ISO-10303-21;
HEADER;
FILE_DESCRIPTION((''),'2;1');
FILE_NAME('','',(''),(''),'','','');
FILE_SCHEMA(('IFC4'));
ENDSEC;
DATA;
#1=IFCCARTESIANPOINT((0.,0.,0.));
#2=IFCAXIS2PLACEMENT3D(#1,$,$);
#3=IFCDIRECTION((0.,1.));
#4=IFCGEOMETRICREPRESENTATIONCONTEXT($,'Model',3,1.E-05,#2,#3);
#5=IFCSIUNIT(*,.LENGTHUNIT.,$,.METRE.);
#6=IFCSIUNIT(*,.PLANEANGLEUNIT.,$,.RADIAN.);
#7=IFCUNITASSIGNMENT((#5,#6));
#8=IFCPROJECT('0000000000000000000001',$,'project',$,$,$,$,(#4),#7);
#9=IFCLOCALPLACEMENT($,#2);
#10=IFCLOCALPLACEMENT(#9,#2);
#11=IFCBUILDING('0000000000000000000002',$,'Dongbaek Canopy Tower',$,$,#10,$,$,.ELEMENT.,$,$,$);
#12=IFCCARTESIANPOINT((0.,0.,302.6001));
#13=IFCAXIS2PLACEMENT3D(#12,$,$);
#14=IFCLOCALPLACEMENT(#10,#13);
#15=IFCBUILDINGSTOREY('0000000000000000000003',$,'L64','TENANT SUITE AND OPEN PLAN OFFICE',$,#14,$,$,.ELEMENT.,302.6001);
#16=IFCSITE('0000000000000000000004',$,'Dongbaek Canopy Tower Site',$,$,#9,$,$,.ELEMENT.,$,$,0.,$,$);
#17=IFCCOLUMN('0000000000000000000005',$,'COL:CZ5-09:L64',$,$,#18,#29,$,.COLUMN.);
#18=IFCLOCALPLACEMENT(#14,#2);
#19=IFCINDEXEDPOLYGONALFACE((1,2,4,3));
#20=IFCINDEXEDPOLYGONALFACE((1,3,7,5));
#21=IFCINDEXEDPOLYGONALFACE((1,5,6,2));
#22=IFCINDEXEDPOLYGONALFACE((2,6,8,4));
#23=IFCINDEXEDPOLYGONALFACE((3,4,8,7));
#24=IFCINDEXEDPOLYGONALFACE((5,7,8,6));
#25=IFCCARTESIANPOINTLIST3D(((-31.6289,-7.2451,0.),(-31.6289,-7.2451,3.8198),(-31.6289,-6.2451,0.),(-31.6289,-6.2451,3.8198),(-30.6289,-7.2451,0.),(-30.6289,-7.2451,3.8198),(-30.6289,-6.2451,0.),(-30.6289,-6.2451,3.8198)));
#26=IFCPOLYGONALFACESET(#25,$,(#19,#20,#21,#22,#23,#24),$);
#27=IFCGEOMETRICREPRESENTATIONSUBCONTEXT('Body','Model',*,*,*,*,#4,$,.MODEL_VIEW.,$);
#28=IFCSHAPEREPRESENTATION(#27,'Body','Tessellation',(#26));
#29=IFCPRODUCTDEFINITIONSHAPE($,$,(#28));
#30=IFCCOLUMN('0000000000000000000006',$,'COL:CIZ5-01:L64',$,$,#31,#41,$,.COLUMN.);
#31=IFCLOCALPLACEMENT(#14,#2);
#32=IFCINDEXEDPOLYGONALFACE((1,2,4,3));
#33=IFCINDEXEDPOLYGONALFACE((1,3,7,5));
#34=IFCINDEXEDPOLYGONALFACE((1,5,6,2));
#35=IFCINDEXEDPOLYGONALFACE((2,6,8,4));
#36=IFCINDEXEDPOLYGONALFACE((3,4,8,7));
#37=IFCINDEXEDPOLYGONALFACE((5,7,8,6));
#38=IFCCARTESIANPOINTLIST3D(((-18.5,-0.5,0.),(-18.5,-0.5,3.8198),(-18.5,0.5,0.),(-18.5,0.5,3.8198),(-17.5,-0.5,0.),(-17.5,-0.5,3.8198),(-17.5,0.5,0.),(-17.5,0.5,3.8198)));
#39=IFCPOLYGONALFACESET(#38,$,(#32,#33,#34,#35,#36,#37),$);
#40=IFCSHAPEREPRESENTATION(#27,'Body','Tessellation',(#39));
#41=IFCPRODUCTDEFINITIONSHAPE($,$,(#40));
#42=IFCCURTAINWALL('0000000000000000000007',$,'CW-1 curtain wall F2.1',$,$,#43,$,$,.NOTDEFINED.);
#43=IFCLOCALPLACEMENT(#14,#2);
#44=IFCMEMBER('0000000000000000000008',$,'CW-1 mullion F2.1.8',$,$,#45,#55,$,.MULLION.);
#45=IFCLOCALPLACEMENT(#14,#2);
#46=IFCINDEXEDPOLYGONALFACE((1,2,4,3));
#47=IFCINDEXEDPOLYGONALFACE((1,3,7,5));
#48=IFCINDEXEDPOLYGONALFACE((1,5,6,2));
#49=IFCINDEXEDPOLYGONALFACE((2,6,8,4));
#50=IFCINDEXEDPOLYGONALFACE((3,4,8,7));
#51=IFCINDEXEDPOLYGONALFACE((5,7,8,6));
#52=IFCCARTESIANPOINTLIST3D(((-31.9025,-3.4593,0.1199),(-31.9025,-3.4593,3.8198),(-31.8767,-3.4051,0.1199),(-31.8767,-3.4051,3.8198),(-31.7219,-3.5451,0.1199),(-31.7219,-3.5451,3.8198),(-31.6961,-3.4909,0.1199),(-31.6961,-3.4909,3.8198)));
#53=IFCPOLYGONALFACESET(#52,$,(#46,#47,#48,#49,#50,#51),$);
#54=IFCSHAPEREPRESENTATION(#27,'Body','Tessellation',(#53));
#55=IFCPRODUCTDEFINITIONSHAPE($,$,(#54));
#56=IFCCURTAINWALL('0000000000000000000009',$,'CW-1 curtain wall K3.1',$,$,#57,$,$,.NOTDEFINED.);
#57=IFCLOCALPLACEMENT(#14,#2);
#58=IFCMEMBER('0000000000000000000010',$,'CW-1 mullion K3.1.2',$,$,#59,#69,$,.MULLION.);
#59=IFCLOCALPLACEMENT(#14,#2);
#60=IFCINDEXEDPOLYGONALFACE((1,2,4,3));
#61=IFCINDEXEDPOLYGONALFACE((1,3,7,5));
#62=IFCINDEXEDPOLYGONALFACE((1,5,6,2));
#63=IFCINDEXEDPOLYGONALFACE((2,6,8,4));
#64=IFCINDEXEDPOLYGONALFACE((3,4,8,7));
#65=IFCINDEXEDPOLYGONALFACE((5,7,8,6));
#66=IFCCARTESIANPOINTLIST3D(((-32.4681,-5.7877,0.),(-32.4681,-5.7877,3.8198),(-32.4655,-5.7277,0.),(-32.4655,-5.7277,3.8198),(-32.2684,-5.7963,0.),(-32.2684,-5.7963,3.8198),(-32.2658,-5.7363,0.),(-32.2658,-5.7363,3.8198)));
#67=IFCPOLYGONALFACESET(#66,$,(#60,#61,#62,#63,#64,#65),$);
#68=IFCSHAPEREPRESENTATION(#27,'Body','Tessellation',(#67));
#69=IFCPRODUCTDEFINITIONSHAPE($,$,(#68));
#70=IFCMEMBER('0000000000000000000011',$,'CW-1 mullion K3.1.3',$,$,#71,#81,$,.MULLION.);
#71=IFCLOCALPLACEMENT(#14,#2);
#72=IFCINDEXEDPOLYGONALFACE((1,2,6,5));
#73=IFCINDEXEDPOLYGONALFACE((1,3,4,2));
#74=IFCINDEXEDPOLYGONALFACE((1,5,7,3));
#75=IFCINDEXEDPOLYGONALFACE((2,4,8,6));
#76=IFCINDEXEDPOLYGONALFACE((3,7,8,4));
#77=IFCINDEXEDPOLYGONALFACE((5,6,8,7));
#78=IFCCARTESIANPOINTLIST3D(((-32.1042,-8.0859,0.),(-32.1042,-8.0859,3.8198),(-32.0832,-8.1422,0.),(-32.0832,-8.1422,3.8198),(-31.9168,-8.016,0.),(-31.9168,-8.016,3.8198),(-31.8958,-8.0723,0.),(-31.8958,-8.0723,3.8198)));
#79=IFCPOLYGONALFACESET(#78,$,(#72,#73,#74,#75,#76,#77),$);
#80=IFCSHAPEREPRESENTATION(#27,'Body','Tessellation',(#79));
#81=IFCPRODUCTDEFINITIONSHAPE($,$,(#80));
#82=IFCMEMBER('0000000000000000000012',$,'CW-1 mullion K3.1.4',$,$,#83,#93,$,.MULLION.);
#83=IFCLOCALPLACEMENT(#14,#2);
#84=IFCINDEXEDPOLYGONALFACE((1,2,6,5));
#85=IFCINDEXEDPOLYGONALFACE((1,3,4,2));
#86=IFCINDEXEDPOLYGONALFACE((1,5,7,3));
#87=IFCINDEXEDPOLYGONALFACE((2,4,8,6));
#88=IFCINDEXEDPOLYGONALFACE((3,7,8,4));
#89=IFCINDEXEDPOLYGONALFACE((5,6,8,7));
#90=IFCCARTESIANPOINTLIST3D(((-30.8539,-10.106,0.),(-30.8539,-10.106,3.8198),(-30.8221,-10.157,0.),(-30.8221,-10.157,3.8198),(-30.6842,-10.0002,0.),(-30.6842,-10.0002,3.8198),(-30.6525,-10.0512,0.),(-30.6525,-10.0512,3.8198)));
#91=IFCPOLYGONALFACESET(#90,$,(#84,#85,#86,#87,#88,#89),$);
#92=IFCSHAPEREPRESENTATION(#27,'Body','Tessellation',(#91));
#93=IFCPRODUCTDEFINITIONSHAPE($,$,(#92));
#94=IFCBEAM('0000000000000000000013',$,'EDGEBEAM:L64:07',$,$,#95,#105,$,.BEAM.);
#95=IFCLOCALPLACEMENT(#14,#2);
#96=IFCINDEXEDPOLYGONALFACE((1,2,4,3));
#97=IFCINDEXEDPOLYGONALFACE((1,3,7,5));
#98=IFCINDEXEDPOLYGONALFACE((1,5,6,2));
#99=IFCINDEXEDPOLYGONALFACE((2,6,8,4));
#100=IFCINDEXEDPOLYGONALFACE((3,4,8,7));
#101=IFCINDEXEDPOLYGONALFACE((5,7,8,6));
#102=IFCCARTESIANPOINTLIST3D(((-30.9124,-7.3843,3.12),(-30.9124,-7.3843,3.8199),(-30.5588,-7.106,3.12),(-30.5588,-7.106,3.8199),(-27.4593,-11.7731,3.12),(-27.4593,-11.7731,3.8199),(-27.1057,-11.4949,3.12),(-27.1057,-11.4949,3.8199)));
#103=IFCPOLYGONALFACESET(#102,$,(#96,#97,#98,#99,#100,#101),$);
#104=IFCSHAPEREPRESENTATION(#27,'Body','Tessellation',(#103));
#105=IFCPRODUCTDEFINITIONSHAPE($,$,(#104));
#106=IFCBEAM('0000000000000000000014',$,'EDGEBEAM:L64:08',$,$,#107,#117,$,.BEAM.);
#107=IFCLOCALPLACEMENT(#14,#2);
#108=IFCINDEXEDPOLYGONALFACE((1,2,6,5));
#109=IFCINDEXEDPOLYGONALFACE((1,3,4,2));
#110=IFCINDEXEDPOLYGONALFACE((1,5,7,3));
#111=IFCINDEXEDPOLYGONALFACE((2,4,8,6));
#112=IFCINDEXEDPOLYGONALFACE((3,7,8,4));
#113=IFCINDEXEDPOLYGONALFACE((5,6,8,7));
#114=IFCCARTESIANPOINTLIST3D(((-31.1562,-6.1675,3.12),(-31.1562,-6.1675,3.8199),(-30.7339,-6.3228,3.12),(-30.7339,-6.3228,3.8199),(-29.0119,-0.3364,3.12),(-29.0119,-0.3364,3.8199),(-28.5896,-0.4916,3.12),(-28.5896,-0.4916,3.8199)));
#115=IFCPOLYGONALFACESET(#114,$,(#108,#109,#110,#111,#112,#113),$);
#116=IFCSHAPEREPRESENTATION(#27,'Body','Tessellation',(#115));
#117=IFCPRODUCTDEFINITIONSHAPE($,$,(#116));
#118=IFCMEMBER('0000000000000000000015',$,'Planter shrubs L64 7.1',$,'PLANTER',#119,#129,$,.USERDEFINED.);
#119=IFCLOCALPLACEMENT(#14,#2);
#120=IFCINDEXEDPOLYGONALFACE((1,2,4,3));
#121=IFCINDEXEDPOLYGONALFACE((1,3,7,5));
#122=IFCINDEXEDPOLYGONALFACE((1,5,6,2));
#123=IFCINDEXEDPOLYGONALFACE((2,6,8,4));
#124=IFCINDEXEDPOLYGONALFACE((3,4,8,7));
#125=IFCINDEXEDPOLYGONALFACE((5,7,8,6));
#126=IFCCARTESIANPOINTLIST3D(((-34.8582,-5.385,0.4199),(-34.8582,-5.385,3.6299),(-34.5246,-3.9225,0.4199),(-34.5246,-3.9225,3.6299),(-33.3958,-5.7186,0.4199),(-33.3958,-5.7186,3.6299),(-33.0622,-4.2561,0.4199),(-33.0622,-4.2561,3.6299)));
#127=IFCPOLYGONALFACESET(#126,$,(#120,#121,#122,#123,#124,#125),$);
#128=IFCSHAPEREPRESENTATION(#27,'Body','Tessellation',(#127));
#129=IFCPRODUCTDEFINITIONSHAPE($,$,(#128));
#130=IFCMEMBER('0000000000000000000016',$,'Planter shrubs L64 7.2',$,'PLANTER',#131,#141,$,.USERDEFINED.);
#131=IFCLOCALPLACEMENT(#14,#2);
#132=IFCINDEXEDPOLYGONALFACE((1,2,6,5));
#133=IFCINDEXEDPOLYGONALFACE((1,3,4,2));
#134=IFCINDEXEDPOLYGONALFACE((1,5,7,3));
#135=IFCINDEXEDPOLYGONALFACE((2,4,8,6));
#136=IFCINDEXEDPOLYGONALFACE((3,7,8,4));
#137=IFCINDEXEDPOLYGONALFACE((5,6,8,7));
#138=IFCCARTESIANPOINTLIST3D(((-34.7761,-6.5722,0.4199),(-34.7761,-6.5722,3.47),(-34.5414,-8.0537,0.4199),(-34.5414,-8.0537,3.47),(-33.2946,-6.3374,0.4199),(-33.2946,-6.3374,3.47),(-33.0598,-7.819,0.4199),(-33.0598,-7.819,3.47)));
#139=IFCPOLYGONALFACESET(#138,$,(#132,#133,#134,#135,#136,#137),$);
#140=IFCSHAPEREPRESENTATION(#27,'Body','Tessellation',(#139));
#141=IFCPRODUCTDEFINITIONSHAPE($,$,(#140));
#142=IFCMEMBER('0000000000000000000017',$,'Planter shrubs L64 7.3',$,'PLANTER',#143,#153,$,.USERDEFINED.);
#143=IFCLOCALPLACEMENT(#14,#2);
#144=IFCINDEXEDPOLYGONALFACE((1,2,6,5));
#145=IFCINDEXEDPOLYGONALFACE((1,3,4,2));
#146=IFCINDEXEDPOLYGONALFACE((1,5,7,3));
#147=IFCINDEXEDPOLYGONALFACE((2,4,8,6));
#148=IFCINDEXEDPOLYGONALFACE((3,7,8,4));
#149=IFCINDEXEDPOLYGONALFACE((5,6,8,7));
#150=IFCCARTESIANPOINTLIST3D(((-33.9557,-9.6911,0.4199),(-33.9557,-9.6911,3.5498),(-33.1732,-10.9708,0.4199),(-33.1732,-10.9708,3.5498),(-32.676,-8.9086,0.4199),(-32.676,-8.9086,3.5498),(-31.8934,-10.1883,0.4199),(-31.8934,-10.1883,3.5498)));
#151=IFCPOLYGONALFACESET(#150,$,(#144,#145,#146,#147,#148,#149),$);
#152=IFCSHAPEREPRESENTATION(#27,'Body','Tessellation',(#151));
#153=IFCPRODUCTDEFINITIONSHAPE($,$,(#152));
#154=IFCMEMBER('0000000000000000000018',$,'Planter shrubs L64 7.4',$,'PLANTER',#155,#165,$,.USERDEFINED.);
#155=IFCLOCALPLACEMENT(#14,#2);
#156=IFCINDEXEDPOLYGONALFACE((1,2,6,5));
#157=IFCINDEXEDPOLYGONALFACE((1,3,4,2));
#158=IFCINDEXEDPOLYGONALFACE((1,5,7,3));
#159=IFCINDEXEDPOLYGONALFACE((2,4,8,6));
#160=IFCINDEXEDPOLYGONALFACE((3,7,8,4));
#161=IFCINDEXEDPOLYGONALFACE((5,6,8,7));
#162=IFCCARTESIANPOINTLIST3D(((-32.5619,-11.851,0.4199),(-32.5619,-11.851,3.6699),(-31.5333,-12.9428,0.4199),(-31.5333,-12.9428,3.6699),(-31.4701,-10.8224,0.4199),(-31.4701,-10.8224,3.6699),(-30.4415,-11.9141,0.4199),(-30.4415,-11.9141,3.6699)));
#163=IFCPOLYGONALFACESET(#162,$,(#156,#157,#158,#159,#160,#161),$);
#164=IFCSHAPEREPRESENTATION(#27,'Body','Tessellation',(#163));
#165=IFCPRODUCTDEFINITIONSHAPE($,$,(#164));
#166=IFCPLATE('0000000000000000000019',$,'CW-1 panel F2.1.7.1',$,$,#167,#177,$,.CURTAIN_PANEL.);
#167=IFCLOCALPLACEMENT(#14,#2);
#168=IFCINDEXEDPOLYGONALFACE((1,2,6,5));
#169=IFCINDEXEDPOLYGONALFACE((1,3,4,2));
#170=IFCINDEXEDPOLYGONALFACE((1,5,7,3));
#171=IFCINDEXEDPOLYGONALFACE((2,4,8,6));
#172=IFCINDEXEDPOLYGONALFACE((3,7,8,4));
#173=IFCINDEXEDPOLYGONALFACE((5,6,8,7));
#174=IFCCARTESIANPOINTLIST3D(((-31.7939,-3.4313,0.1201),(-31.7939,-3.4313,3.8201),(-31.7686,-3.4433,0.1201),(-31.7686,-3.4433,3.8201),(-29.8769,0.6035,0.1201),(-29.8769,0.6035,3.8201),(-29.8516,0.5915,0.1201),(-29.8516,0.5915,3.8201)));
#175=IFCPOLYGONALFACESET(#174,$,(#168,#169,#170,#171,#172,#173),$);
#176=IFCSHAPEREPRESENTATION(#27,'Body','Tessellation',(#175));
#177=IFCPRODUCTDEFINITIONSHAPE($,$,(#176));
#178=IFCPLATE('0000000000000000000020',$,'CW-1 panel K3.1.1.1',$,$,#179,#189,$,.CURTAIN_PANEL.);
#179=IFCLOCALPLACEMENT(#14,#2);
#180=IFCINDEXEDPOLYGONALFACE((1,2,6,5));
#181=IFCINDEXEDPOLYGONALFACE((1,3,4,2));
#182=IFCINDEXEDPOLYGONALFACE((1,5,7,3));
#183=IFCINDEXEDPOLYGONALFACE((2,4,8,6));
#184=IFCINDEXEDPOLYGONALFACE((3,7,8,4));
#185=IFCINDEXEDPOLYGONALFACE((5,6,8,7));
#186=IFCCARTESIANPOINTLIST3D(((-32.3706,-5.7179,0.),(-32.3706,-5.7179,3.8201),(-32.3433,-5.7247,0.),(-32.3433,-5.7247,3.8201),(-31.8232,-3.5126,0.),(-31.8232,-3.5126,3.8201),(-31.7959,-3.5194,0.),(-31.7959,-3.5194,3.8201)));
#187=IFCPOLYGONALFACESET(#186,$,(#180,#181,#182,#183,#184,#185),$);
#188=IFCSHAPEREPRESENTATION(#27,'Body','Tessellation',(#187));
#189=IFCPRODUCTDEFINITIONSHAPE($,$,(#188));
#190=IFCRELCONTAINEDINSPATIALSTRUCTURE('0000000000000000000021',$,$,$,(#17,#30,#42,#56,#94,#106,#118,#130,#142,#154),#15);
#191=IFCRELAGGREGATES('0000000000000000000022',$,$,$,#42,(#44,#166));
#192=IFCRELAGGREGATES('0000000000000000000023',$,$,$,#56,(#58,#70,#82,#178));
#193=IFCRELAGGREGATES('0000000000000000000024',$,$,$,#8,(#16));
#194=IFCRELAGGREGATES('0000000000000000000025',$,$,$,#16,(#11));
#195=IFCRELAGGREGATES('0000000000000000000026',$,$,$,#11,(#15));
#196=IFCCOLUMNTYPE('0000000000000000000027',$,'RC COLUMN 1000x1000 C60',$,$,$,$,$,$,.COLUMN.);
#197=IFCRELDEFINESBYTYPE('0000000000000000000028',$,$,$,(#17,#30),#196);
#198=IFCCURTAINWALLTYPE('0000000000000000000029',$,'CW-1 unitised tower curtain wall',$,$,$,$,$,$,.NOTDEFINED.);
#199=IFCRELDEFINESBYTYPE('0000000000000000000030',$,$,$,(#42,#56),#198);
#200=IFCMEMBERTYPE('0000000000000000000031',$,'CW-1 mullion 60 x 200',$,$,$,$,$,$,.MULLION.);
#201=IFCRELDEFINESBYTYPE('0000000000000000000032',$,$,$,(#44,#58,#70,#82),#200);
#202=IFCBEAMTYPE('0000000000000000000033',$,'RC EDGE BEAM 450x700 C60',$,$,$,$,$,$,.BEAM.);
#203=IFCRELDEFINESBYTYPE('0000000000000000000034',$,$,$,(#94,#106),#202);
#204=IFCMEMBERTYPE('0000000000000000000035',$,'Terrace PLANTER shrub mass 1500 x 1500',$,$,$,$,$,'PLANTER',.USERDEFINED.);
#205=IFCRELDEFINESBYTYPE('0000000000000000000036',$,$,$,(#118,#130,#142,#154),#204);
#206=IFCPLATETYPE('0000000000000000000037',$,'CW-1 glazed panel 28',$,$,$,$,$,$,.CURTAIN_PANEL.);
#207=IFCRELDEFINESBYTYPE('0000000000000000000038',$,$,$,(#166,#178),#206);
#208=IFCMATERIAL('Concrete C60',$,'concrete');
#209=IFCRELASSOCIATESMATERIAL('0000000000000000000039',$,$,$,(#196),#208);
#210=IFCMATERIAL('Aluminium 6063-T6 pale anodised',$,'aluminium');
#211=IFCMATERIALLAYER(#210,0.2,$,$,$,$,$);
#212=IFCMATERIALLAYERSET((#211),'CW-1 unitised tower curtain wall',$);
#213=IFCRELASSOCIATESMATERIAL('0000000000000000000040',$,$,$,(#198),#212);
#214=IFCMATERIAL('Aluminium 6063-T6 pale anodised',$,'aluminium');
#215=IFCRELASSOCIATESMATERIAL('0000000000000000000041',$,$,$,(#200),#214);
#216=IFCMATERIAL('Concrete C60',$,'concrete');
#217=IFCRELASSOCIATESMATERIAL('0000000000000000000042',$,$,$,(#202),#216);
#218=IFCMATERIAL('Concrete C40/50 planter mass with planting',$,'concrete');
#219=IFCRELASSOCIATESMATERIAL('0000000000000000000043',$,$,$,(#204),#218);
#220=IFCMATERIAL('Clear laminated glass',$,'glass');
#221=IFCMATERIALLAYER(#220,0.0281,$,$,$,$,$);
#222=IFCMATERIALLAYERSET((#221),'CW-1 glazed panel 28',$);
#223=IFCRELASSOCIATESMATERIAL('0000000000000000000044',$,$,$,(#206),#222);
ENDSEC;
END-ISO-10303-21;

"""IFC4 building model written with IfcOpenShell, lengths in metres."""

from ifc_helpers import new_model, si_unit, direction, frame, origin, origin_2d, place, context, subcontext, project, spatial, rectangle, extrude, material, layer, layer_set, material_profile, profile_set, type_object, element, aggregate, save


model = new_model("IFC4")

# Units and contexts
model_context = context("Model", 3, precision=1e-05, world=origin(), true_north=direction((0.0, 1.0)))
body_context = subcontext(model_context, "Body", "Model", "MODEL_VIEW")
ifc_project = project(units=[si_unit("LENGTHUNIT", "METRE"), si_unit("PLANEANGLEUNIT", "RADIAN")], contexts=[model_context])

# Site, building, storey
site_placement = place(None, origin())
site = spatial("IfcSite", under=ifc_project, at=site_placement, Name="Dongbaek Canopy Tower Site", CompositionType="ELEMENT", RefElevation=0.0)
building_placement = place(site_placement, origin())
building = spatial("IfcBuilding", under=site, at=building_placement, Name="Dongbaek Canopy Tower", CompositionType="ELEMENT")
storey_placement = place(building_placement, frame((0.0, 0.0, 302.6001)))
storey = spatial("IfcBuildingStorey", under=building, at=storey_placement, Name="L64", Description="TENANT SUITE AND OPEN PLAN OFFICE", CompositionType="ELEMENT", Elevation=302.6001)

# Columns
ifc_material_1 = material(Name="Concrete C60", Category="concrete")
ifc_material_profile_1 = material_profile(ifc_material_1, rectangle(XDim=1.0, YDim=1.0, at=origin_2d()), Name="RC COLUMN 1000x1000 C60")
ifc_profile_set_1 = profile_set([ifc_material_profile_1], Name="Concrete C60")
column_type = type_object("IfcColumnType", Name="RC COLUMN 1000x1000 C60", PredefinedType="COLUMN", material=ifc_profile_set_1)
for number, where, z_axis, x_axis, name in (
    (1, (-31.1289, -6.7451, 0.0), (0.0, 0.0, 1.0), (1.0, 0.0, 0.0), "COL:CZ5-09:L64"),
    (2, (-18.0, 0.0, 0.0), (0.0, 0.0, 1.0), (1.0, 0.0, 0.0), "COL:CIZ5-01:L64"),
):
    element("IfcColumn", number, at=place(storey_placement, frame(where, z_axis=z_axis, x_axis=x_axis)), inside=storey, type_object=column_type, Name=name, PredefinedType="COLUMN", context=body_context, shape_type="SweptSolid", body=[
        extrude(rectangle(XDim=1.0, YDim=1.0, at=origin_2d()), origin(), (0.0, 0.0, 1.0), 3.8198),
    ])

# Curtain wall, member
ifc_material_2 = material(Name="Aluminium 6063-T6 pale anodised", Category="aluminium")
ifc_layer_1 = layer(ifc_material_2, 0.2)
ifc_layer_set_1 = layer_set([ifc_layer_1], Name="CW-1 unitised tower curtain wall")
curtain_wall_type = type_object("IfcCurtainWallType", Name="CW-1 unitised tower curtain wall", PredefinedType="NOTDEFINED", material=ifc_layer_set_1)
curtain_wall_1_placement = place(storey_placement, origin())
curtain_wall_1 = element("IfcCurtainWall", 3, at=curtain_wall_1_placement, inside=storey, type_object=curtain_wall_type, Name="CW-1 curtain wall F2.1", PredefinedType="NOTDEFINED")
ifc_material_3 = material(Name="Aluminium 6063-T6 pale anodised", Category="aluminium")
ifc_material_profile_2 = material_profile(ifc_material_3, rectangle(XDim=0.2, YDim=0.0601, at=origin_2d()), Name="CW-1 mullion 60 x 200")
ifc_profile_set_2 = profile_set([ifc_material_profile_2], Name="Aluminium 6063-T6 pale anodised")
member_type_1 = type_object("IfcMemberType", Name="CW-1 mullion 60 x 200", PredefinedType="MULLION", material=ifc_profile_set_2)
member_1_placement = place(storey_placement, frame((-31.7993, -3.4751, 0.1199), z_axis=(0.0, 0.0, 1.0), x_axis=(-0.903236, 0.429143, 0.0)))
member_1 = element("IfcMember", 4, at=member_1_placement, type_object=member_type_1, Name="CW-1 mullion F2.1.8", PredefinedType="MULLION", context=body_context, shape_type="SweptSolid", body=[
    extrude(rectangle(XDim=0.2, YDim=0.0601, at=origin_2d()), origin(), (0.0, 0.0, 1.0), 3.7),
])

# Curtain wall, members
curtain_wall_2_placement = place(storey_placement, origin())
curtain_wall_2 = element("IfcCurtainWall", 5, at=curtain_wall_2_placement, inside=storey, type_object=curtain_wall_type, Name="CW-1 curtain wall K3.1", PredefinedType="NOTDEFINED")
member_2_placement = place(storey_placement, frame((-32.3669, -5.762, 0.0), z_axis=(0.0, 0.0, 1.0), x_axis=(-0.999071, 0.043085, 0.0)))
member_2 = element("IfcMember", 6, at=member_2_placement, type_object=member_type_1, Name="CW-1 mullion K3.1.2", PredefinedType="MULLION", context=body_context, shape_type="SweptSolid", body=[
    extrude(rectangle(XDim=0.2, YDim=0.0601, at=origin_2d()), origin(), (0.0, 0.0, 1.0), 3.8198),
])
member_3_placement = place(storey_placement, frame((-32.0, -8.0791, 0.0), z_axis=(0.0, 0.0, 1.0), x_axis=(-0.936828, -0.34979, 0.0)))
member_3 = element("IfcMember", 7, at=member_3_placement, type_object=member_type_1, Name="CW-1 mullion K3.1.3", PredefinedType="MULLION", context=body_context, shape_type="SweptSolid", body=[
    extrude(rectangle(XDim=0.2, YDim=0.0601, at=origin_2d()), origin(), (0.0, 0.0, 1.0), 3.8198),
])
member_4_placement = place(storey_placement, frame((-30.7532, -10.0786, 0.0), z_axis=(0.0, 0.0, 1.0), x_axis=(-0.848543, -0.529126, 0.0)))
member_4 = element("IfcMember", 8, at=member_4_placement, type_object=member_type_1, Name="CW-1 mullion K3.1.4", PredefinedType="MULLION", context=body_context, shape_type="SweptSolid", body=[
    extrude(rectangle(XDim=0.2, YDim=0.0601, at=origin_2d()), origin(), (0.0, 0.0, 1.0), 3.8198),
])

# Beams
ifc_material_4 = material(Name="Concrete C60", Category="concrete")
ifc_material_profile_3 = material_profile(ifc_material_4, rectangle(XDim=0.45, YDim=0.7, at=origin_2d()), Name="RC EDGE BEAM 450x700 C60")
ifc_profile_set_3 = profile_set([ifc_material_profile_3], Name="Concrete C60")
beam_type = type_object("IfcBeamType", Name="RC EDGE BEAM 450x700 C60", PredefinedType="BEAM", material=ifc_profile_set_3)
beam_1_placement = place(storey_placement, frame((-27.2825, -11.634, 3.47), z_axis=(-0.618341, 0.78591, 0.0), x_axis=(-0.78591, -0.618341, 0.0)))
element("IfcBeam", 9, at=beam_1_placement, inside=storey, type_object=beam_type, Name="EDGEBEAM:L64:07", PredefinedType="BEAM", context=body_context, shape_type="SweptSolid", body=[
    extrude(rectangle(XDim=0.45, YDim=0.7, at=origin_2d()), origin(), (0.0, 0.0, 1.0), 5.5845),
])
beam_2_placement = place(storey_placement, frame((-30.9451, -6.2451, 3.47), z_axis=(0.345139, 0.938552, 0.0), x_axis=(-0.938552, 0.345139, 0.0)))
element("IfcBeam", 10, at=beam_2_placement, inside=storey, type_object=beam_type, Name="EDGEBEAM:L64:08", PredefinedType="BEAM", context=body_context, shape_type="SweptSolid", body=[
    extrude(rectangle(XDim=0.45, YDim=0.7, at=origin_2d()), origin(), (0.0, 0.0, 1.0), 6.2129),
])

# Members
ifc_material_5 = material(Name="Concrete C40/50 planter mass with planting", Category="concrete")
ifc_material_profile_4 = material_profile(ifc_material_5, rectangle(XDim=1.5, YDim=1.5, at=origin_2d()), Name="Terrace PLANTER shrub mass 1500 x 1500")
ifc_profile_set_4 = profile_set([ifc_material_profile_4], Name="Concrete C40/50 planter mass with planting")
member_type_2 = type_object("IfcMemberType", Name="Terrace PLANTER shrub mass 1500 x 1500", ElementType="PLANTER", PredefinedType="USERDEFINED", material=ifc_profile_set_4)
member_5_placement = place(storey_placement, frame((-33.9602, -4.8206, 0.4199), z_axis=(0.0, 0.0, 1.0), x_axis=(-0.974955, 0.222403, 0.0)))
element("IfcMember", 11, at=member_5_placement, inside=storey, type_object=member_type_2, Name="Planter shrubs L64 7.1", ObjectType="PLANTER", PredefinedType="USERDEFINED", context=body_context, shape_type="SweptSolid", body=[
    extrude(rectangle(XDim=1.5, YDim=1.5, at=origin_2d()), origin(), (0.0, 0.0, 1.0), 3.21),
])
member_6_placement = place(storey_placement, frame((-33.918, -7.1956, 0.4199), z_axis=(0.0, 0.0, 1.0), x_axis=(-0.987681, -0.156479, 0.0)))
element("IfcMember", 12, at=member_6_placement, inside=storey, type_object=member_type_2, Name="Planter shrubs L64 7.2", ObjectType="PLANTER", PredefinedType="USERDEFINED", context=body_context, shape_type="SweptSolid", body=[
    extrude(rectangle(XDim=1.5, YDim=1.5, at=origin_2d()), origin(), (0.0, 0.0, 1.0), 3.05),
])
member_7_placement = place(storey_placement, frame((-32.9246, -9.9397, 0.4199), z_axis=(0.0, 0.0, 1.0), x_axis=(-0.85314, -0.521682, 0.0)))
element("IfcMember", 13, at=member_7_placement, inside=storey, type_object=member_type_2, Name="Planter shrubs L64 7.3", ObjectType="PLANTER", PredefinedType="USERDEFINED", context=body_context, shape_type="SweptSolid", body=[
    extrude(rectangle(XDim=1.5, YDim=1.5, at=origin_2d()), origin(), (0.0, 0.0, 1.0), 3.1299),
])
member_8_placement = place(storey_placement, frame((-31.5017, -11.8826, 0.4199), z_axis=(0.0, 0.0, 1.0), x_axis=(-0.727845, -0.685742, 0.0)))
element("IfcMember", 14, at=member_8_placement, inside=storey, type_object=member_type_2, Name="Planter shrubs L64 7.4", ObjectType="PLANTER", PredefinedType="USERDEFINED", context=body_context, shape_type="SweptSolid", body=[
    extrude(rectangle(XDim=1.5, YDim=1.5, at=origin_2d()), origin(), (0.0, 0.0, 1.0), 3.25),
])

# Plates
ifc_material_6 = material(Name="Clear laminated glass", Category="glass")
ifc_layer_2 = layer(ifc_material_6, 0.0281)
ifc_layer_set_2 = layer_set([ifc_layer_2], Name="CW-1 glazed panel 28")
plate_type = type_object("IfcPlateType", Name="CW-1 glazed panel 28", PredefinedType="CURTAIN_PANEL", material=ifc_layer_set_2)
plate_1_placement = place(storey_placement, frame((-30.8228, -1.4199, 0.1201), z_axis=(0.0, 0.0, 1.0), x_axis=(-0.429143, -0.903236, 0.0)))
plate_1 = element("IfcPlate", 15, at=plate_1_placement, type_object=plate_type, Name="CW-1 panel F2.1.7.1", PredefinedType="CURTAIN_PANEL", context=body_context, shape_type="SweptSolid", body=[
    extrude(rectangle(XDim=4.467, YDim=0.0281, at=origin_2d()), origin(), (0.0, 0.0, 1.0), 3.7),
])
aggregate(curtain_wall_1, [member_1, plate_1])
plate_2_placement = place(storey_placement, frame((-32.0833, -4.6187, 0.0), z_axis=(0.0, 0.0, 1.0), x_axis=(-0.240927, -0.970543, 0.0)))
plate_2 = element("IfcPlate", 16, at=plate_2_placement, type_object=plate_type, Name="CW-1 panel K3.1.1.1", PredefinedType="CURTAIN_PANEL", context=body_context, shape_type="SweptSolid", body=[
    extrude(rectangle(XDim=2.2722, YDim=0.0281, at=origin_2d()), origin(), (0.0, 0.0, 1.0), 3.8201),
])
aggregate(curtain_wall_2, [member_2, member_3, member_4, plate_2])

save(model, "model.ifc")
